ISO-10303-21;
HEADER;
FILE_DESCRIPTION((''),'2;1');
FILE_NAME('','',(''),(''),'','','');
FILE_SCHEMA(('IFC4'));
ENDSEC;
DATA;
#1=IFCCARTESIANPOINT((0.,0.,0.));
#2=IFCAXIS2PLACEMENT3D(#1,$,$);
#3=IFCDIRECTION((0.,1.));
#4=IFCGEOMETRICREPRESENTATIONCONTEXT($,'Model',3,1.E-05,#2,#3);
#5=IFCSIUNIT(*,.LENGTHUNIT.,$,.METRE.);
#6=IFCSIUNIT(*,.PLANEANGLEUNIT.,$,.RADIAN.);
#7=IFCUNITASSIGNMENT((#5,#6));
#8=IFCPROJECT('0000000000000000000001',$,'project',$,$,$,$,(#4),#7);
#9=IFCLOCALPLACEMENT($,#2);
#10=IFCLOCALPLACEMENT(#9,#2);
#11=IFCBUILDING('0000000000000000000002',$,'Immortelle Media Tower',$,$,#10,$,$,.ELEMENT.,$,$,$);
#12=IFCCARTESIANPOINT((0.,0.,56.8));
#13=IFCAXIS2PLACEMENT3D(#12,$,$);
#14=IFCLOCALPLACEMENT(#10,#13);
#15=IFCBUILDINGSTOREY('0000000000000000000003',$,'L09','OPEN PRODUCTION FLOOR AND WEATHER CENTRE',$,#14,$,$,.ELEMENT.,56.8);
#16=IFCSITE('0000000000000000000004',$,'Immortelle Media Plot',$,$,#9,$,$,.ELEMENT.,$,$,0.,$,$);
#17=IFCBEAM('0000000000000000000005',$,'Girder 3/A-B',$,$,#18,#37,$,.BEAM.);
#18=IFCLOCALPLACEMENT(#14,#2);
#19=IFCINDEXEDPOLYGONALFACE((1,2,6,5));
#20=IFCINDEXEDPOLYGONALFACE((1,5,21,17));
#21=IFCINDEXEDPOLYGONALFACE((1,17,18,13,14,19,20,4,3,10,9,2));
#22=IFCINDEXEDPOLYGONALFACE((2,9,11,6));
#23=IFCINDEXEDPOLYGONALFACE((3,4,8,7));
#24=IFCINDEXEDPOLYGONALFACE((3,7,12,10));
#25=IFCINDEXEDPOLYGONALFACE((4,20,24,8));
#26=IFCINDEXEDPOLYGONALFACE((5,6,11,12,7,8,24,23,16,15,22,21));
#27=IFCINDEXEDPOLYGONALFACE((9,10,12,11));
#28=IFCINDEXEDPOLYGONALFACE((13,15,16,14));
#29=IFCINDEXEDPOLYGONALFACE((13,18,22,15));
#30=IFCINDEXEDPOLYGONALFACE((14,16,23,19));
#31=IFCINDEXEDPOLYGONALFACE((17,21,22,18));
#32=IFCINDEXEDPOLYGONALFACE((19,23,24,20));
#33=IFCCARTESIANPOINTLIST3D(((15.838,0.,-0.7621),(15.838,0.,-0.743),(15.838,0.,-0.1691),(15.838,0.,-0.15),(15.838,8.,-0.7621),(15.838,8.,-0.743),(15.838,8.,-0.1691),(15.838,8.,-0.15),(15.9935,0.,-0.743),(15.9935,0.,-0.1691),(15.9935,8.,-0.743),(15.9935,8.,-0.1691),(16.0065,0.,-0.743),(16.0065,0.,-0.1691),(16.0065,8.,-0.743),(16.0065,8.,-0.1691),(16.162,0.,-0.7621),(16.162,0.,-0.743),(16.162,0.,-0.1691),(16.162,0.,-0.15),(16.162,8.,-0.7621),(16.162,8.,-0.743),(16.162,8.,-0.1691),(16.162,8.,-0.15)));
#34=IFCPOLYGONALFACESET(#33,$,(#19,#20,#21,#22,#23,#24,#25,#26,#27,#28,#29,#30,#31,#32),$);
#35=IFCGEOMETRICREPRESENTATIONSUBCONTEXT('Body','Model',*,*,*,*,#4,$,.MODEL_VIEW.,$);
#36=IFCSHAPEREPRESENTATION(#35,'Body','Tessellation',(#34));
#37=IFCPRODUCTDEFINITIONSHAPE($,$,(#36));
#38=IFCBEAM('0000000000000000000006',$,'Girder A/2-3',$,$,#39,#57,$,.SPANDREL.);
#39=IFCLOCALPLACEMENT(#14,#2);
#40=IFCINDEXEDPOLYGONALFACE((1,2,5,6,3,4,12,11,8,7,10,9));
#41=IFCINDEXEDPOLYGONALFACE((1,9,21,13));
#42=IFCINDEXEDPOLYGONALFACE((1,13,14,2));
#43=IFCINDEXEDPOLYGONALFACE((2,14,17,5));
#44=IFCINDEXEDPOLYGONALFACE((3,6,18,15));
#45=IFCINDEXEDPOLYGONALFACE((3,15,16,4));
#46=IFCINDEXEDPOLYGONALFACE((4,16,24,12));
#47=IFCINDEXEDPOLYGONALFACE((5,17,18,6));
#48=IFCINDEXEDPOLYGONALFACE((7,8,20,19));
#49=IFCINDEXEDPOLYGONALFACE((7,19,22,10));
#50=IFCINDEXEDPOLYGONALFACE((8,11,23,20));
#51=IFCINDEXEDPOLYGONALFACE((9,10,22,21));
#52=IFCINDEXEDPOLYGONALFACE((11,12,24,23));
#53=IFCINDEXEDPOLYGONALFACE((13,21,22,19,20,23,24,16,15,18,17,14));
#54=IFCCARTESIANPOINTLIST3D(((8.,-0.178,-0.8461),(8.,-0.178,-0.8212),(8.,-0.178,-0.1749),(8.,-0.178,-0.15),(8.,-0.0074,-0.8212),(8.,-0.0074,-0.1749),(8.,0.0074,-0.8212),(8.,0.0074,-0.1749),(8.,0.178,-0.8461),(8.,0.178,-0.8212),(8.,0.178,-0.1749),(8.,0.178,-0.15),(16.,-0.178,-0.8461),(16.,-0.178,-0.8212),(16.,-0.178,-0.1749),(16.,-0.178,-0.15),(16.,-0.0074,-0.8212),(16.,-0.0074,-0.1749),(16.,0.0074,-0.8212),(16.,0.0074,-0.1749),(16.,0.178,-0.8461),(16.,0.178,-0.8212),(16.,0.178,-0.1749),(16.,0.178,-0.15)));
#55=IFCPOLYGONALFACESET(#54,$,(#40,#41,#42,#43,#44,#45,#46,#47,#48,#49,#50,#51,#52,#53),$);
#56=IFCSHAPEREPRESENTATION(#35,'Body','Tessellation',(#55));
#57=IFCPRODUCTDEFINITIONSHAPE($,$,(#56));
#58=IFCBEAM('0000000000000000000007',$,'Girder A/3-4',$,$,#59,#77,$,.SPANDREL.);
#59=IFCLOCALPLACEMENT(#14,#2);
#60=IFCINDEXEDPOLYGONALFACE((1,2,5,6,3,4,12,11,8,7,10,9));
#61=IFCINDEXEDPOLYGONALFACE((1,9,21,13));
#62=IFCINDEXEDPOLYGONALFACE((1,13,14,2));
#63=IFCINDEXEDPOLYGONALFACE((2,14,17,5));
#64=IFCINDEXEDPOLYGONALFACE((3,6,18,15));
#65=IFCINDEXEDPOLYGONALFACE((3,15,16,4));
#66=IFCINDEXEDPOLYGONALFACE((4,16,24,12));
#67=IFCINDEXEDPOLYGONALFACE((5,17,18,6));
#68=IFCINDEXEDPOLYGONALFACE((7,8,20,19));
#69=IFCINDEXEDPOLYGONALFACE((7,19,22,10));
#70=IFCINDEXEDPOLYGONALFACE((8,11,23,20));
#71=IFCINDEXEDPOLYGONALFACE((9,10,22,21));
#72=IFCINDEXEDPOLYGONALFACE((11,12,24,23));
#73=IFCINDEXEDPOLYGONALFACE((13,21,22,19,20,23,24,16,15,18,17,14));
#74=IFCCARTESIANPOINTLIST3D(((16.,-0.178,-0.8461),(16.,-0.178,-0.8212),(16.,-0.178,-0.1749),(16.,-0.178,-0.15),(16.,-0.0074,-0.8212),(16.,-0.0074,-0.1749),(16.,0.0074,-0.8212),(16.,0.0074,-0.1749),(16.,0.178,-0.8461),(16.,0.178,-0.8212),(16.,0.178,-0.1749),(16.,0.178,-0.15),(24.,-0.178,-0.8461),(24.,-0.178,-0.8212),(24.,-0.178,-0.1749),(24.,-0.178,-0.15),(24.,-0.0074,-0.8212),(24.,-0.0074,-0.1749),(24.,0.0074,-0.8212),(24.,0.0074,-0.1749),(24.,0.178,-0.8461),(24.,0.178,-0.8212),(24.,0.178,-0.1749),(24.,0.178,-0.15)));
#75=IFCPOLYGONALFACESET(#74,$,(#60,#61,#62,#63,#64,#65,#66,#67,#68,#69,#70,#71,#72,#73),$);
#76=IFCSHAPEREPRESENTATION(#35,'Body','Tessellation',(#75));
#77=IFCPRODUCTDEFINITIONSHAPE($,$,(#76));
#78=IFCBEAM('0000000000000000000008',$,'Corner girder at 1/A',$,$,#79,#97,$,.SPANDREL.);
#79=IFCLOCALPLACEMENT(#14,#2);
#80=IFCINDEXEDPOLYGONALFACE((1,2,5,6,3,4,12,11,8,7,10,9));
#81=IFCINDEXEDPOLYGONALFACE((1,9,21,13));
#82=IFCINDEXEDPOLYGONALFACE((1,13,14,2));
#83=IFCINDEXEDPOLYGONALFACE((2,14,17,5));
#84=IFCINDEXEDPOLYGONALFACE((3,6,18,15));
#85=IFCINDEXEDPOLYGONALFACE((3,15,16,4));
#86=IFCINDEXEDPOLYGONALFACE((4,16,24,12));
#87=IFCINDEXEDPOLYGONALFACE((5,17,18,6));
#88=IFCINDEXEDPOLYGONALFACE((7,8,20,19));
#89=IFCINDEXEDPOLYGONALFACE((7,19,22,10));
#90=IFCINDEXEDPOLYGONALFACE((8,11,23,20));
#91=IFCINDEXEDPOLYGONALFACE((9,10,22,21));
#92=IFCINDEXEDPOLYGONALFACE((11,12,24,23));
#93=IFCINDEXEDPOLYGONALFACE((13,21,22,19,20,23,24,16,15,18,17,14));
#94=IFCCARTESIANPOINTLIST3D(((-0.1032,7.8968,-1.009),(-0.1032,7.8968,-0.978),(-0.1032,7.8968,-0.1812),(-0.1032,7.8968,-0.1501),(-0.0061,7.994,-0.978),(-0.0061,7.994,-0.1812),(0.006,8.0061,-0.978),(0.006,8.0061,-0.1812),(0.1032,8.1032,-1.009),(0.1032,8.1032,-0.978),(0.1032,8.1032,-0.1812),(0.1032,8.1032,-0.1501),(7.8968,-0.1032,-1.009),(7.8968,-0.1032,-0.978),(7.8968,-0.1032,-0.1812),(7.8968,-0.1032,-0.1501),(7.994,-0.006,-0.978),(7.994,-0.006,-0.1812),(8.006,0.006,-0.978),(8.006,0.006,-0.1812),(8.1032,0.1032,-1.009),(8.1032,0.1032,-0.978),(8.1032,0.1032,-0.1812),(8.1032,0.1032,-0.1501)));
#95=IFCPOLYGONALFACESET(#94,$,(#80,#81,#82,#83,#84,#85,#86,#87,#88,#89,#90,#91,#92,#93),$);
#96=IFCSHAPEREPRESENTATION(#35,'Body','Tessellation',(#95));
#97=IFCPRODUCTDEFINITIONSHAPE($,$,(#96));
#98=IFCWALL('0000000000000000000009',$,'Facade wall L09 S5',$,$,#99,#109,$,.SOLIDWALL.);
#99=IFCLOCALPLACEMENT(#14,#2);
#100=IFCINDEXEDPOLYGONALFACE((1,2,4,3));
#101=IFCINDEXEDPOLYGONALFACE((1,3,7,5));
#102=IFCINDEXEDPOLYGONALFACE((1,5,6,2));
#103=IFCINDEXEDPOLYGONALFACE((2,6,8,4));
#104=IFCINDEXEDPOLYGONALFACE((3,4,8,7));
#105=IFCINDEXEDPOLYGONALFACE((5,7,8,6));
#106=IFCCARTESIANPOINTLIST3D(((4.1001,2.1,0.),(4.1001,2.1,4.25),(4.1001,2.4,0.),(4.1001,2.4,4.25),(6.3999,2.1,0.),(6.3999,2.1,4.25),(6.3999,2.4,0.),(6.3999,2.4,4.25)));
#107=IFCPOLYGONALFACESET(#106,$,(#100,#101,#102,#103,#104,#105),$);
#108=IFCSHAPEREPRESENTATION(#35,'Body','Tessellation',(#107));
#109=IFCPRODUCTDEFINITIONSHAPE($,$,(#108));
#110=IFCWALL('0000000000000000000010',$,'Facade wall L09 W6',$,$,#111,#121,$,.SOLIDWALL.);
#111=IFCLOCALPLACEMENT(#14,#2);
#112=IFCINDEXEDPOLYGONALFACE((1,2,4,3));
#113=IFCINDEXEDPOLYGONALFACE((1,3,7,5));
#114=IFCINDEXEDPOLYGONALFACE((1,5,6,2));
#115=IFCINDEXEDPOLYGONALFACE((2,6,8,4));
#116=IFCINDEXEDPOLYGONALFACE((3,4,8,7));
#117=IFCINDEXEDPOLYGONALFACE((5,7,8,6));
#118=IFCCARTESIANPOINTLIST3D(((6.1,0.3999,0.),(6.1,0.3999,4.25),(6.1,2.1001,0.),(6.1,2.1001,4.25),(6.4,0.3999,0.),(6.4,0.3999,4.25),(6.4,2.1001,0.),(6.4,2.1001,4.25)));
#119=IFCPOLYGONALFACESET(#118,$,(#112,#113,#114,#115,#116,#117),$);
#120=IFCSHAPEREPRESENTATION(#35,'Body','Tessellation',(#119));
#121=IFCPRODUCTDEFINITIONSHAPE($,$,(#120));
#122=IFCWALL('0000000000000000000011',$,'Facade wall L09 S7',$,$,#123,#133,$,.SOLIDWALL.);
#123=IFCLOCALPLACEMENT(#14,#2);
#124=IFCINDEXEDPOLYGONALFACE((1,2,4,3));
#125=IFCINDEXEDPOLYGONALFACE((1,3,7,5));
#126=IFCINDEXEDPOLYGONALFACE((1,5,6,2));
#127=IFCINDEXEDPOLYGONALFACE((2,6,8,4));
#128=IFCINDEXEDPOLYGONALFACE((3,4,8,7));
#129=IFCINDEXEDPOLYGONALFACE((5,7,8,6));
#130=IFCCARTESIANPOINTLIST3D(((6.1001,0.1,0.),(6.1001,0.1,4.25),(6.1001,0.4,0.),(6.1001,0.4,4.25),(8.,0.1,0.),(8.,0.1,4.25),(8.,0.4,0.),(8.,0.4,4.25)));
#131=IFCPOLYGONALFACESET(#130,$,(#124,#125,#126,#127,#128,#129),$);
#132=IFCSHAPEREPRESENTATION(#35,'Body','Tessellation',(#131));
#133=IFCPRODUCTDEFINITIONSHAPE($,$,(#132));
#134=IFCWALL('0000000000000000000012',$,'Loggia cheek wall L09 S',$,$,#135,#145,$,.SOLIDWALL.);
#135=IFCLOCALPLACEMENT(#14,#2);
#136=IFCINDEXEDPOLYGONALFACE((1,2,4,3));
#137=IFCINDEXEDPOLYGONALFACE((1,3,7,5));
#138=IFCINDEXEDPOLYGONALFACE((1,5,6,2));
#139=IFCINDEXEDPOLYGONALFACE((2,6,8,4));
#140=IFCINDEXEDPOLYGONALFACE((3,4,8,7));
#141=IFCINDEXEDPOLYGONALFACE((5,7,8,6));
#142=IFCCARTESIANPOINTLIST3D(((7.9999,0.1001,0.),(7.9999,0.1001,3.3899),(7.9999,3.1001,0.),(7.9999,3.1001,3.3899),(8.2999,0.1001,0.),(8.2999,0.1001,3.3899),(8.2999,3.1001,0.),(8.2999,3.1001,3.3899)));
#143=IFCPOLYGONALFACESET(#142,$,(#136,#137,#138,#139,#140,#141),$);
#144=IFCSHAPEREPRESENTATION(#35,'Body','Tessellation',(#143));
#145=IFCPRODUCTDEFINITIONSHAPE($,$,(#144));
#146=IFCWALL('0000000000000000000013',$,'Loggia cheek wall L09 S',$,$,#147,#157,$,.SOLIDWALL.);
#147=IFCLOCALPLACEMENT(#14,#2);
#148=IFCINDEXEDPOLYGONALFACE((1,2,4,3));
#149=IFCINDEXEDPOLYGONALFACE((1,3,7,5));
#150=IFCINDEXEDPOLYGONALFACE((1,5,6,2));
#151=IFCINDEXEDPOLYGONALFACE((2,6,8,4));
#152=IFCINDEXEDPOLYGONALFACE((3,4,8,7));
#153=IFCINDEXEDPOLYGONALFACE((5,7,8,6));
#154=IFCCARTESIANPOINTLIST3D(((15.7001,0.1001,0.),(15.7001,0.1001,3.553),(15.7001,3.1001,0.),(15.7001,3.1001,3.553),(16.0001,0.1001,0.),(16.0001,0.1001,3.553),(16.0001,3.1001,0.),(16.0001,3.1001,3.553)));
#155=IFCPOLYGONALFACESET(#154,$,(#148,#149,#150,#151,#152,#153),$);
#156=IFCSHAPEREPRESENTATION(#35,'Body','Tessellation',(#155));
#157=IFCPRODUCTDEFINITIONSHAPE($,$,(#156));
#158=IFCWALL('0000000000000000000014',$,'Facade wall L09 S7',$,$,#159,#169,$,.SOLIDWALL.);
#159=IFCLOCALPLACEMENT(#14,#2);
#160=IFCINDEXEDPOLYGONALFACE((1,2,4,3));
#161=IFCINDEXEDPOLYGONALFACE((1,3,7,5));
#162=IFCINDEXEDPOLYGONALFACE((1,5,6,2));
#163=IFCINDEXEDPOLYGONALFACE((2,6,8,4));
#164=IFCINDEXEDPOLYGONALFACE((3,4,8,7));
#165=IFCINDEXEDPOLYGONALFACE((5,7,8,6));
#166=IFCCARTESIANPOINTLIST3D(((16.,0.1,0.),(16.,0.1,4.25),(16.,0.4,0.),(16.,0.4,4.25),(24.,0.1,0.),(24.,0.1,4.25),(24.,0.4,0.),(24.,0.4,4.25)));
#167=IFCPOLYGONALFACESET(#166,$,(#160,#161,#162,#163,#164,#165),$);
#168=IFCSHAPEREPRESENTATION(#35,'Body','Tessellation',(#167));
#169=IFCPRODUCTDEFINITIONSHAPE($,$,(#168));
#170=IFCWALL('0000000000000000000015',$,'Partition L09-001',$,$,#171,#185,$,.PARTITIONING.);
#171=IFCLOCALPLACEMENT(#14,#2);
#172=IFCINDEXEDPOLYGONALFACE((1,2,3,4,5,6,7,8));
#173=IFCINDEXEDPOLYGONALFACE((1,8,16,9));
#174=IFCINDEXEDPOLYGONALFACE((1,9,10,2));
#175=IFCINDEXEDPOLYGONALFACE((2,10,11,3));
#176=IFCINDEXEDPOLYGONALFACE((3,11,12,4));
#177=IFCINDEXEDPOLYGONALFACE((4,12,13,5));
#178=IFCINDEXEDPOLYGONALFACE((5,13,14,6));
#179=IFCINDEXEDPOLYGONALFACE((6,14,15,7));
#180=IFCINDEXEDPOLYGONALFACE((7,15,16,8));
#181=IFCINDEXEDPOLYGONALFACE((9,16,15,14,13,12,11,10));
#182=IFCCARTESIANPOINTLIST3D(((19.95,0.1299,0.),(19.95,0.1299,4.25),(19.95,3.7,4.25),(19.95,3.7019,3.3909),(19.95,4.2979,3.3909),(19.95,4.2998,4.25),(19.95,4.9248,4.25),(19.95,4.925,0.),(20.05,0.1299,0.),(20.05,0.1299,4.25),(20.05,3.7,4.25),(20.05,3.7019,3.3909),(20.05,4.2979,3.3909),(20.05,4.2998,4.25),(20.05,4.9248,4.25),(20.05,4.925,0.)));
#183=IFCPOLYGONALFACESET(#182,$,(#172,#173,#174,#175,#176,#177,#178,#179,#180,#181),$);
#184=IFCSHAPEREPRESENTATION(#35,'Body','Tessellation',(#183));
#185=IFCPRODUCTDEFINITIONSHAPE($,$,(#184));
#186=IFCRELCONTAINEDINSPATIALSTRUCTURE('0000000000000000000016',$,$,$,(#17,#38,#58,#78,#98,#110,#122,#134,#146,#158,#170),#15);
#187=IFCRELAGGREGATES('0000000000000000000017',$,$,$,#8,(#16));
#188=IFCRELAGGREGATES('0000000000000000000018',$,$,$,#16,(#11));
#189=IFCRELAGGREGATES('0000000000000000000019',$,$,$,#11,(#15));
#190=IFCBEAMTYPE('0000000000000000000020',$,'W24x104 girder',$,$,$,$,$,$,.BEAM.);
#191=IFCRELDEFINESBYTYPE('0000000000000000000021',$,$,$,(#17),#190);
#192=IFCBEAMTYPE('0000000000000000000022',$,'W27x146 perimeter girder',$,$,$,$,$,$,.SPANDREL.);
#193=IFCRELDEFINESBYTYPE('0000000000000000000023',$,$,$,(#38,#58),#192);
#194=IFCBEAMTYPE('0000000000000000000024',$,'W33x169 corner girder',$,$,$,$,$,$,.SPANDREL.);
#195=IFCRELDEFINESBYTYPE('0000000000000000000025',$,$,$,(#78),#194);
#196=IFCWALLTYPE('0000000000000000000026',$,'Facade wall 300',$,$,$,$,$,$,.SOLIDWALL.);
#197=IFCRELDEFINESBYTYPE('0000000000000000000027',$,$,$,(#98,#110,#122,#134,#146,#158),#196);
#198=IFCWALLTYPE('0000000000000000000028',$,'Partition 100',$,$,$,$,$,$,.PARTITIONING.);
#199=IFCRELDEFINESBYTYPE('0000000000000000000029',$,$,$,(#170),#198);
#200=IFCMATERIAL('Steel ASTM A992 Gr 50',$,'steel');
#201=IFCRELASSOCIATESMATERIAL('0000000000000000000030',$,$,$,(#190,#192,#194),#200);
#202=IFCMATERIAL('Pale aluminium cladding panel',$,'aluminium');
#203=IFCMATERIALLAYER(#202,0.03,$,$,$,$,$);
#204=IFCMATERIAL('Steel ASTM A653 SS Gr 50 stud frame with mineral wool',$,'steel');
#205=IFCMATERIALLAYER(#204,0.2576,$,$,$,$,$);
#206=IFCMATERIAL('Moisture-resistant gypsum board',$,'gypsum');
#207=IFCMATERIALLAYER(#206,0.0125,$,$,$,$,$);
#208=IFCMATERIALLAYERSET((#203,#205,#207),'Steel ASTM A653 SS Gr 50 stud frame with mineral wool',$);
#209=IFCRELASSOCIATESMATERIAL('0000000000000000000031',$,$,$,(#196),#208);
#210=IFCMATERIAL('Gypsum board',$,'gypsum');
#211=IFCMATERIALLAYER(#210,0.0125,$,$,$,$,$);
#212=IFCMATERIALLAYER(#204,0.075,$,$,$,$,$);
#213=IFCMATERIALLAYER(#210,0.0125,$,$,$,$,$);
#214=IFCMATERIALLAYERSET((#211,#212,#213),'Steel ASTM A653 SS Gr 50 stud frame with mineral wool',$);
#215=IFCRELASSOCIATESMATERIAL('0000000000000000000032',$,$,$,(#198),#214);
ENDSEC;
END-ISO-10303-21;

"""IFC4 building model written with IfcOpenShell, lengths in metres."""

from ifc_helpers import new_model, si_unit, direction, frame, frame_2d, origin, origin_2d, place, context, subcontext, project, spatial, polyline, rectangle, i_section, outline, extrude, material, layer, layer_set, material_profile, profile_set, type_object, element, save


model = new_model("IFC4")

# Units and contexts
model_context = context("Model", 3, precision=1e-05, world=origin(), true_north=direction((0.0, 1.0)))
body_context = subcontext(model_context, "Body", "Model", "MODEL_VIEW")
ifc_project = project(units=[si_unit("LENGTHUNIT", "METRE"), si_unit("PLANEANGLEUNIT", "RADIAN")], contexts=[model_context])

# Site, building, storey
site_placement = place(None, origin())
site = spatial("IfcSite", under=ifc_project, at=site_placement, Name="Immortelle Media Plot", CompositionType="ELEMENT", RefElevation=0.0)
building_placement = place(site_placement, origin())
building = spatial("IfcBuilding", under=site, at=building_placement, Name="Immortelle Media Tower", CompositionType="ELEMENT")
storey_placement = place(building_placement, frame((0.0, 0.0, 56.8)))
storey = spatial("IfcBuildingStorey", under=building, at=storey_placement, Name="L09", Description="OPEN PRODUCTION FLOOR AND WEATHER CENTRE", CompositionType="ELEMENT", Elevation=56.8)

# Shared definitions
ifc_material_1 = material(Name="Steel ASTM A992 Gr 50", Category="steel")

# Beams
ifc_material_profile_1 = material_profile(ifc_material_1, i_section(OverallWidth=0.324, OverallDepth=0.6121, WebThickness=0.0129, FlangeThickness=0.019, at=origin_2d()), Name="W24x104")
ifc_profile_set_1 = profile_set([ifc_material_profile_1], Name="Steel ASTM A992 Gr 50")
beam_type_1 = type_object("IfcBeamType", Name="W24x104 girder", PredefinedType="BEAM", material=ifc_profile_set_1)
for number, where, z_axis, x_axis, name in (
    (1, (16.0, 0.0, -0.4561), (0.0, 1.0, 0.0), (-1.0, 0.0, 0.0), "Girder 3/A-B"),
):
    element("IfcBeam", number, at=place(storey_placement, frame(where, z_axis=z_axis, x_axis=x_axis)), inside=storey, type_object=beam_type_1, Name=name, PredefinedType="BEAM", context=body_context, shape_type="SweptSolid", body=[
        extrude(i_section(OverallWidth=0.324, OverallDepth=0.6121, WebThickness=0.0129, FlangeThickness=0.019, at=origin_2d()), origin(), (0.0, 0.0, 1.0), 8.0),
    ])
ifc_material_profile_2 = material_profile(ifc_material_1, i_section(OverallWidth=0.356, OverallDepth=0.696, WebThickness=0.0149, FlangeThickness=0.0249, at=origin_2d()), Name="W27x146")
ifc_profile_set_2 = profile_set([ifc_material_profile_2], Name="Steel ASTM A992 Gr 50")
beam_type_2 = type_object("IfcBeamType", Name="W27x146 perimeter girder", PredefinedType="SPANDREL", material=ifc_profile_set_2)
for number, where, z_axis, x_axis, name in (
    (2, (8.0, 0.0, -0.498), (1.0, 0.0, 0.0), (0.0, 1.0, 0.0), "Girder A/2-3"),
    (3, (16.0, 0.0, -0.498), (1.0, 0.0, 0.0), (0.0, 1.0, 0.0), "Girder A/3-4"),
):
    element("IfcBeam", number, at=place(storey_placement, frame(where, z_axis=z_axis, x_axis=x_axis)), inside=storey, type_object=beam_type_2, Name=name, PredefinedType="SPANDREL", context=body_context, shape_type="SweptSolid", body=[
        extrude(i_section(OverallWidth=0.356, OverallDepth=0.696, WebThickness=0.0149, FlangeThickness=0.0249, at=origin_2d()), origin(), (0.0, 0.0, 1.0), 8.0),
    ])
ifc_material_profile_3 = material_profile(ifc_material_1, i_section(OverallWidth=0.292, OverallDepth=0.8589, WebThickness=0.0171, FlangeThickness=0.031, at=origin_2d()), Name="W33x169")
ifc_profile_set_3 = profile_set([ifc_material_profile_3], Name="Steel ASTM A992 Gr 50")
beam_type_3 = type_object("IfcBeamType", Name="W33x169 corner girder", PredefinedType="SPANDREL", material=ifc_profile_set_3)
beam_1_placement = place(storey_placement, frame((8.0, 0.0, -0.5796), z_axis=(-0.707107, 0.707107, 0.0), x_axis=(-0.707107, -0.707107, 0.0)))
element("IfcBeam", 4, at=beam_1_placement, inside=storey, type_object=beam_type_3, Name="Corner girder at 1/A", PredefinedType="SPANDREL", context=body_context, shape_type="SweptSolid", body=[
    extrude(i_section(OverallWidth=0.292, OverallDepth=0.8589, WebThickness=0.0171, FlangeThickness=0.031, at=origin_2d()), origin(), (0.0, 0.0, 1.0), 11.3137),
])

# Walls
ifc_material_2 = material(Name="Pale aluminium cladding panel", Category="aluminium")
ifc_layer_1 = layer(ifc_material_2, 0.03)
ifc_material_3 = material(Name="Steel ASTM A653 SS Gr 50 stud frame with mineral wool", Category="steel")
ifc_layer_2 = layer(ifc_material_3, 0.2576)
ifc_material_4 = material(Name="Moisture-resistant gypsum board", Category="gypsum")
ifc_layer_3 = layer(ifc_material_4, 0.0125)
ifc_layer_set_1 = layer_set([ifc_layer_1, ifc_layer_2, ifc_layer_3], Name="Steel ASTM A653 SS Gr 50 stud frame with mineral wool")
wall_type_1 = type_object("IfcWallType", Name="Facade wall 300", PredefinedType="SOLIDWALL", material=ifc_layer_set_1)
wall_1_placement = place(storey_placement, frame((4.1001, 2.25, 0.0), z_axis=(0.0, 0.0, 1.0), x_axis=(1.0, 0.0, 0.0)))
element("IfcWall", 5, at=wall_1_placement, inside=storey, type_object=wall_type_1, Name="Facade wall L09 S5", PredefinedType="SOLIDWALL", context=body_context, shape_type="SweptSolid", body=[
    extrude(rectangle(XDim=2.2998, YDim=0.3, at=frame_2d((1.1499, 0.0))), origin(), (0.0, 0.0, 1.0), 4.25),
])
wall_2_placement = place(storey_placement, frame((6.25, 2.1001, 0.0), z_axis=(0.0, 0.0, 1.0), x_axis=(0.0, -1.0, 0.0)))
element("IfcWall", 6, at=wall_2_placement, inside=storey, type_object=wall_type_1, Name="Facade wall L09 W6", PredefinedType="SOLIDWALL", context=body_context, shape_type="SweptSolid", body=[
    extrude(rectangle(XDim=1.7002, YDim=0.3, at=frame_2d((0.8501, 0.0))), origin(), (0.0, 0.0, 1.0), 4.25),
])
wall_3_placement = place(storey_placement, frame((6.1001, 0.25, 0.0), z_axis=(0.0, 0.0, 1.0), x_axis=(1.0, 0.0, 0.0)))
element("IfcWall", 7, at=wall_3_placement, inside=storey, type_object=wall_type_1, Name="Facade wall L09 S7", PredefinedType="SOLIDWALL", context=body_context, shape_type="SweptSolid", body=[
    extrude(rectangle(XDim=1.8999, YDim=0.3, at=frame_2d((0.95, 0.0))), origin(), (0.0, 0.0, 1.0), 4.25),
])

# Walls
wall_4_placement = place(storey_placement, frame((8.1499, 0.1001, 0.0), z_axis=(0.0, 0.0, 1.0), x_axis=(0.0, 1.0, 0.0)))
element("IfcWall", 8, at=wall_4_placement, inside=storey, type_object=wall_type_1, Name="Loggia cheek wall L09 S", PredefinedType="SOLIDWALL", context=body_context, shape_type="SweptSolid", body=[
    extrude(rectangle(XDim=3.0, YDim=0.3, at=frame_2d((1.5, 0.0))), origin(), (0.0, 0.0, 1.0), 3.3899),
])
wall_5_placement = place(storey_placement, frame((15.8501, 0.1001, 0.0), z_axis=(0.0, 0.0, 1.0), x_axis=(0.0, 1.0, 0.0)))
element("IfcWall", 9, at=wall_5_placement, inside=storey, type_object=wall_type_1, Name="Loggia cheek wall L09 S", PredefinedType="SOLIDWALL", context=body_context, shape_type="SweptSolid", body=[
    extrude(rectangle(XDim=3.0, YDim=0.3, at=frame_2d((1.5, 0.0))), origin(), (0.0, 0.0, 1.0), 3.553),
])
wall_6_placement = place(storey_placement, frame((16.0, 0.25, 0.0), z_axis=(0.0, 0.0, 1.0), x_axis=(1.0, 0.0, 0.0)))
element("IfcWall", 10, at=wall_6_placement, inside=storey, type_object=wall_type_1, Name="Facade wall L09 S7", PredefinedType="SOLIDWALL", context=body_context, shape_type="SweptSolid", body=[
    extrude(rectangle(XDim=8.0, YDim=0.3, at=frame_2d((4.0, 0.0))), origin(), (0.0, 0.0, 1.0), 4.25),
])
ifc_material_5 = material(Name="Gypsum board", Category="gypsum")
ifc_layer_4 = layer(ifc_material_5, 0.0125)
ifc_layer_5 = layer(ifc_material_3, 0.075)
ifc_layer_6 = layer(ifc_material_5, 0.0125)
ifc_layer_set_2 = layer_set([ifc_layer_4, ifc_layer_5, ifc_layer_6], Name="Steel ASTM A653 SS Gr 50 stud frame with mineral wool")
wall_type_2 = type_object("IfcWallType", Name="Partition 100", PredefinedType="PARTITIONING", material=ifc_layer_set_2)
wall_7_placement = place(storey_placement, frame((20.0, 0.1299, 0.0), z_axis=(0.0, 0.0, 1.0), x_axis=(0.0, 1.0, 0.0)))
element("IfcWall", 11, at=wall_7_placement, inside=storey, type_object=wall_type_2, Name="Partition L09-001", PredefinedType="PARTITIONING", context=body_context, shape_type="SweptSolid", body=[
    extrude(outline(polyline([(0.0, 0.0), (4.7952, 0.0), (4.7949, 4.25), (4.1699, 4.25), (4.168, 3.3909), (3.572, 3.3909), (3.5701, 4.25), (0.0, 4.25), (0.0, 0.0)])), frame((0.0, 0.05, 0.0), z_axis=(0.0, -1.0, 0.0), x_axis=(1.0, 0.0, 0.0)), (0.0, 0.0, 1.0), 0.1001),
])

save(model, "model.ifc")
